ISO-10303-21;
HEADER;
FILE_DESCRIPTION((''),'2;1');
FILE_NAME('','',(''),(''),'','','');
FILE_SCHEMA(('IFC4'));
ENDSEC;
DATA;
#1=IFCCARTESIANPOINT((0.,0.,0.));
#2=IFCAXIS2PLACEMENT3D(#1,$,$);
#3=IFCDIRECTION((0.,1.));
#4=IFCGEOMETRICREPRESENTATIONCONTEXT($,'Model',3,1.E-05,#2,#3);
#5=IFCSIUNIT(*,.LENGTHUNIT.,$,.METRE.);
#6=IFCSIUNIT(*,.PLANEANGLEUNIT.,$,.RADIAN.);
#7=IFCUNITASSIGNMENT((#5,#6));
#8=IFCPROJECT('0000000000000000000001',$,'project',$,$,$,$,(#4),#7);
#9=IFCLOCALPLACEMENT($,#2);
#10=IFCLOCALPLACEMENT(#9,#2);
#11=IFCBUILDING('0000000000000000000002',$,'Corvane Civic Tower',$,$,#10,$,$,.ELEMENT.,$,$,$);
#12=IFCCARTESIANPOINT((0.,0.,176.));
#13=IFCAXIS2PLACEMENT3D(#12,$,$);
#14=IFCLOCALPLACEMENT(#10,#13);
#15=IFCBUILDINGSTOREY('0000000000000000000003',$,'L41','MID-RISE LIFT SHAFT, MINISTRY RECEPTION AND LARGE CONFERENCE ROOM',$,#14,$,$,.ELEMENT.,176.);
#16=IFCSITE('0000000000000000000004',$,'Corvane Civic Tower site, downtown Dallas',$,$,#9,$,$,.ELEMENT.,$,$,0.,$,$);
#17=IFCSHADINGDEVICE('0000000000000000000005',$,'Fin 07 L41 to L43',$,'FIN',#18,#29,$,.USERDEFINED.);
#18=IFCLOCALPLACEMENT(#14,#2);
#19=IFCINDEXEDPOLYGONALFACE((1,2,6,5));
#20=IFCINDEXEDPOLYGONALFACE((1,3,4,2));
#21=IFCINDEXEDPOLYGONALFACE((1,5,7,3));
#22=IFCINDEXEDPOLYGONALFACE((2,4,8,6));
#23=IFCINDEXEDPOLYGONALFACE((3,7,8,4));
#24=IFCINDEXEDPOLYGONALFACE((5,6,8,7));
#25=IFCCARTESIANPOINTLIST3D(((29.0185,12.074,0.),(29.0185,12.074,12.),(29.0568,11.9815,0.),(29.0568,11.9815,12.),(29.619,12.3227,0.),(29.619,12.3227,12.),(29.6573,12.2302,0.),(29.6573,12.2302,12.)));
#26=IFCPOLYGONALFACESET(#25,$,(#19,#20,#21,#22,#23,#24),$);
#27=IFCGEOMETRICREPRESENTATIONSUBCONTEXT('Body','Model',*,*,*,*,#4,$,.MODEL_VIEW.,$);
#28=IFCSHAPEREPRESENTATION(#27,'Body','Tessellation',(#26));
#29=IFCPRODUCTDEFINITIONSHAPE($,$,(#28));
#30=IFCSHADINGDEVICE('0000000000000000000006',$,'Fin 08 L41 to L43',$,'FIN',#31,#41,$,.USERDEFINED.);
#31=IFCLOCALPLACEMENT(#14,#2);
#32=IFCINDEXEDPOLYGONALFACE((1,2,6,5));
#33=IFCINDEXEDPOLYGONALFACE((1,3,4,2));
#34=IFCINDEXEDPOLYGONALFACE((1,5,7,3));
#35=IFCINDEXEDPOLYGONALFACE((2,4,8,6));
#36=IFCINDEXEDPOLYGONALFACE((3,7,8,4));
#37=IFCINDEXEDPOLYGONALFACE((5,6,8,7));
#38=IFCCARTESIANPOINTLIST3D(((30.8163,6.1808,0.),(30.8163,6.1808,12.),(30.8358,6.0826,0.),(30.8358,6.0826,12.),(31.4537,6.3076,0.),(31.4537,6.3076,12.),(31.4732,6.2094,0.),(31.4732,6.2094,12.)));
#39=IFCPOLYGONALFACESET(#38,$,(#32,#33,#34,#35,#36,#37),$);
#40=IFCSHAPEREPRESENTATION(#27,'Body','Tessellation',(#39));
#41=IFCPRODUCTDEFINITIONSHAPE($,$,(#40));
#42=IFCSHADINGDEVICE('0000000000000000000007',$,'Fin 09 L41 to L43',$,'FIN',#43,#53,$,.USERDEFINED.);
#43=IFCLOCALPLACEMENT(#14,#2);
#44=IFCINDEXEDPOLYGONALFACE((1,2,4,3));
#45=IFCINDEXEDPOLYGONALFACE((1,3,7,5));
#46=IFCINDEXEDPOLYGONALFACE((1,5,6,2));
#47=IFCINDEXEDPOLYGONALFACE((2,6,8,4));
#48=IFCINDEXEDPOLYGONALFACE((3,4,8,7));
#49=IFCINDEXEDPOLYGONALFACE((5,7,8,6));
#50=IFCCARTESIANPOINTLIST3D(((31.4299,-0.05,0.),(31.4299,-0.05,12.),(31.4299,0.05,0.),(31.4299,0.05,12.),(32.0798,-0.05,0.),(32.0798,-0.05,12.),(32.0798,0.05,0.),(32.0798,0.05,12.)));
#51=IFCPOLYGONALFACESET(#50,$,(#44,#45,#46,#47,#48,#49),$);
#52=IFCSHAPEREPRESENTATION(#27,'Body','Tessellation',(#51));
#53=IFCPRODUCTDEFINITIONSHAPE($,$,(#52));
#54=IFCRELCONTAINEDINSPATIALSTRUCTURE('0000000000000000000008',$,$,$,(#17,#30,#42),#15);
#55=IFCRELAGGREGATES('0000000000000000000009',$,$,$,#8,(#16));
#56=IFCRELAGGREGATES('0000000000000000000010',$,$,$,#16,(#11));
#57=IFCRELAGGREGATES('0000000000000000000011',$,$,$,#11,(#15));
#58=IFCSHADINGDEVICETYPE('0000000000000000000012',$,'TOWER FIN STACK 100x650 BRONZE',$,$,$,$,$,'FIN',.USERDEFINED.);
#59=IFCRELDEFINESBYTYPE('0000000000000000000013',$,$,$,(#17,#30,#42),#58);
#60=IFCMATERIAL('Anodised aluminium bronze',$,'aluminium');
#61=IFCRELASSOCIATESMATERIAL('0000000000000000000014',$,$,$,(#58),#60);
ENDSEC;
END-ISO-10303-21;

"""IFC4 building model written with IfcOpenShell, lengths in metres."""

from ifc_helpers import new_model, si_unit, direction, frame, origin, origin_2d, place, context, subcontext, project, spatial, rectangle, extrude, material, material_profile, profile_set, type_object, element, save


model = new_model("IFC4")

# Units and contexts
model_context = context("Model", 3, precision=1e-05, world=origin(), true_north=direction((0.0, 1.0)))
body_context = subcontext(model_context, "Body", "Model", "MODEL_VIEW")
ifc_project = project(units=[si_unit("LENGTHUNIT", "METRE"), si_unit("PLANEANGLEUNIT", "RADIAN")], contexts=[model_context])

# Site, building, storey
site_placement = place(None, origin())
site = spatial("IfcSite", under=ifc_project, at=site_placement, Name="Corvane Civic Tower site, downtown Dallas", CompositionType="ELEMENT", RefElevation=0.0)
building_placement = place(site_placement, origin())
building = spatial("IfcBuilding", under=site, at=building_placement, Name="Corvane Civic Tower", CompositionType="ELEMENT")
storey_placement = place(building_placement, frame((0.0, 0.0, 176.0)))
storey = spatial("IfcBuildingStorey", under=building, at=storey_placement, Name="L41", Description="MID-RISE LIFT SHAFT, MINISTRY RECEPTION AND LARGE CONFERENCE ROOM", CompositionType="ELEMENT", Elevation=176.0)

# Shading devices
ifc_material_1 = material(Name="Anodised aluminium bronze", Category="aluminium")
ifc_material_profile_1 = material_profile(ifc_material_1, rectangle(XDim=0.1001, YDim=0.6499, at=origin_2d()), Name="TOWER FIN STACK 100x650 BRONZE")
ifc_profile_set_1 = profile_set([ifc_material_profile_1], Name="Anodised aluminium bronze")
shading_device_type = type_object("IfcShadingDeviceType", Name="TOWER FIN STACK 100x650 BRONZE", ElementType="FIN", PredefinedType="USERDEFINED", material=ifc_profile_set_1)
for number, where, z_axis, x_axis, name in (
    (1, (29.3379, 12.1521, 0.0), (0.0, 0.0, 1.0), (0.382683, -0.92388, 0.0), "Fin 07 L41 to L43"),
    (2, (31.1448, 6.1951, 0.0), (0.0, 0.0, 1.0), (0.19509, -0.980785, 0.0), "Fin 08 L41 to L43"),
    (3, (31.7549, 0.0, 0.0), (0.0, 0.0, 1.0), (0.0, -1.0, 0.0), "Fin 09 L41 to L43"),
):
    element("IfcShadingDevice", number, at=place(storey_placement, frame(where, z_axis=z_axis, x_axis=x_axis)), inside=storey, type_object=shading_device_type, Name=name, ObjectType="FIN", PredefinedType="USERDEFINED", context=body_context, shape_type="SweptSolid", body=[
        extrude(rectangle(XDim=0.1001, YDim=0.6499, at=origin_2d()), origin(), (0.0, 0.0, 1.0), 12.0),
    ])

save(model, "model.ifc")
